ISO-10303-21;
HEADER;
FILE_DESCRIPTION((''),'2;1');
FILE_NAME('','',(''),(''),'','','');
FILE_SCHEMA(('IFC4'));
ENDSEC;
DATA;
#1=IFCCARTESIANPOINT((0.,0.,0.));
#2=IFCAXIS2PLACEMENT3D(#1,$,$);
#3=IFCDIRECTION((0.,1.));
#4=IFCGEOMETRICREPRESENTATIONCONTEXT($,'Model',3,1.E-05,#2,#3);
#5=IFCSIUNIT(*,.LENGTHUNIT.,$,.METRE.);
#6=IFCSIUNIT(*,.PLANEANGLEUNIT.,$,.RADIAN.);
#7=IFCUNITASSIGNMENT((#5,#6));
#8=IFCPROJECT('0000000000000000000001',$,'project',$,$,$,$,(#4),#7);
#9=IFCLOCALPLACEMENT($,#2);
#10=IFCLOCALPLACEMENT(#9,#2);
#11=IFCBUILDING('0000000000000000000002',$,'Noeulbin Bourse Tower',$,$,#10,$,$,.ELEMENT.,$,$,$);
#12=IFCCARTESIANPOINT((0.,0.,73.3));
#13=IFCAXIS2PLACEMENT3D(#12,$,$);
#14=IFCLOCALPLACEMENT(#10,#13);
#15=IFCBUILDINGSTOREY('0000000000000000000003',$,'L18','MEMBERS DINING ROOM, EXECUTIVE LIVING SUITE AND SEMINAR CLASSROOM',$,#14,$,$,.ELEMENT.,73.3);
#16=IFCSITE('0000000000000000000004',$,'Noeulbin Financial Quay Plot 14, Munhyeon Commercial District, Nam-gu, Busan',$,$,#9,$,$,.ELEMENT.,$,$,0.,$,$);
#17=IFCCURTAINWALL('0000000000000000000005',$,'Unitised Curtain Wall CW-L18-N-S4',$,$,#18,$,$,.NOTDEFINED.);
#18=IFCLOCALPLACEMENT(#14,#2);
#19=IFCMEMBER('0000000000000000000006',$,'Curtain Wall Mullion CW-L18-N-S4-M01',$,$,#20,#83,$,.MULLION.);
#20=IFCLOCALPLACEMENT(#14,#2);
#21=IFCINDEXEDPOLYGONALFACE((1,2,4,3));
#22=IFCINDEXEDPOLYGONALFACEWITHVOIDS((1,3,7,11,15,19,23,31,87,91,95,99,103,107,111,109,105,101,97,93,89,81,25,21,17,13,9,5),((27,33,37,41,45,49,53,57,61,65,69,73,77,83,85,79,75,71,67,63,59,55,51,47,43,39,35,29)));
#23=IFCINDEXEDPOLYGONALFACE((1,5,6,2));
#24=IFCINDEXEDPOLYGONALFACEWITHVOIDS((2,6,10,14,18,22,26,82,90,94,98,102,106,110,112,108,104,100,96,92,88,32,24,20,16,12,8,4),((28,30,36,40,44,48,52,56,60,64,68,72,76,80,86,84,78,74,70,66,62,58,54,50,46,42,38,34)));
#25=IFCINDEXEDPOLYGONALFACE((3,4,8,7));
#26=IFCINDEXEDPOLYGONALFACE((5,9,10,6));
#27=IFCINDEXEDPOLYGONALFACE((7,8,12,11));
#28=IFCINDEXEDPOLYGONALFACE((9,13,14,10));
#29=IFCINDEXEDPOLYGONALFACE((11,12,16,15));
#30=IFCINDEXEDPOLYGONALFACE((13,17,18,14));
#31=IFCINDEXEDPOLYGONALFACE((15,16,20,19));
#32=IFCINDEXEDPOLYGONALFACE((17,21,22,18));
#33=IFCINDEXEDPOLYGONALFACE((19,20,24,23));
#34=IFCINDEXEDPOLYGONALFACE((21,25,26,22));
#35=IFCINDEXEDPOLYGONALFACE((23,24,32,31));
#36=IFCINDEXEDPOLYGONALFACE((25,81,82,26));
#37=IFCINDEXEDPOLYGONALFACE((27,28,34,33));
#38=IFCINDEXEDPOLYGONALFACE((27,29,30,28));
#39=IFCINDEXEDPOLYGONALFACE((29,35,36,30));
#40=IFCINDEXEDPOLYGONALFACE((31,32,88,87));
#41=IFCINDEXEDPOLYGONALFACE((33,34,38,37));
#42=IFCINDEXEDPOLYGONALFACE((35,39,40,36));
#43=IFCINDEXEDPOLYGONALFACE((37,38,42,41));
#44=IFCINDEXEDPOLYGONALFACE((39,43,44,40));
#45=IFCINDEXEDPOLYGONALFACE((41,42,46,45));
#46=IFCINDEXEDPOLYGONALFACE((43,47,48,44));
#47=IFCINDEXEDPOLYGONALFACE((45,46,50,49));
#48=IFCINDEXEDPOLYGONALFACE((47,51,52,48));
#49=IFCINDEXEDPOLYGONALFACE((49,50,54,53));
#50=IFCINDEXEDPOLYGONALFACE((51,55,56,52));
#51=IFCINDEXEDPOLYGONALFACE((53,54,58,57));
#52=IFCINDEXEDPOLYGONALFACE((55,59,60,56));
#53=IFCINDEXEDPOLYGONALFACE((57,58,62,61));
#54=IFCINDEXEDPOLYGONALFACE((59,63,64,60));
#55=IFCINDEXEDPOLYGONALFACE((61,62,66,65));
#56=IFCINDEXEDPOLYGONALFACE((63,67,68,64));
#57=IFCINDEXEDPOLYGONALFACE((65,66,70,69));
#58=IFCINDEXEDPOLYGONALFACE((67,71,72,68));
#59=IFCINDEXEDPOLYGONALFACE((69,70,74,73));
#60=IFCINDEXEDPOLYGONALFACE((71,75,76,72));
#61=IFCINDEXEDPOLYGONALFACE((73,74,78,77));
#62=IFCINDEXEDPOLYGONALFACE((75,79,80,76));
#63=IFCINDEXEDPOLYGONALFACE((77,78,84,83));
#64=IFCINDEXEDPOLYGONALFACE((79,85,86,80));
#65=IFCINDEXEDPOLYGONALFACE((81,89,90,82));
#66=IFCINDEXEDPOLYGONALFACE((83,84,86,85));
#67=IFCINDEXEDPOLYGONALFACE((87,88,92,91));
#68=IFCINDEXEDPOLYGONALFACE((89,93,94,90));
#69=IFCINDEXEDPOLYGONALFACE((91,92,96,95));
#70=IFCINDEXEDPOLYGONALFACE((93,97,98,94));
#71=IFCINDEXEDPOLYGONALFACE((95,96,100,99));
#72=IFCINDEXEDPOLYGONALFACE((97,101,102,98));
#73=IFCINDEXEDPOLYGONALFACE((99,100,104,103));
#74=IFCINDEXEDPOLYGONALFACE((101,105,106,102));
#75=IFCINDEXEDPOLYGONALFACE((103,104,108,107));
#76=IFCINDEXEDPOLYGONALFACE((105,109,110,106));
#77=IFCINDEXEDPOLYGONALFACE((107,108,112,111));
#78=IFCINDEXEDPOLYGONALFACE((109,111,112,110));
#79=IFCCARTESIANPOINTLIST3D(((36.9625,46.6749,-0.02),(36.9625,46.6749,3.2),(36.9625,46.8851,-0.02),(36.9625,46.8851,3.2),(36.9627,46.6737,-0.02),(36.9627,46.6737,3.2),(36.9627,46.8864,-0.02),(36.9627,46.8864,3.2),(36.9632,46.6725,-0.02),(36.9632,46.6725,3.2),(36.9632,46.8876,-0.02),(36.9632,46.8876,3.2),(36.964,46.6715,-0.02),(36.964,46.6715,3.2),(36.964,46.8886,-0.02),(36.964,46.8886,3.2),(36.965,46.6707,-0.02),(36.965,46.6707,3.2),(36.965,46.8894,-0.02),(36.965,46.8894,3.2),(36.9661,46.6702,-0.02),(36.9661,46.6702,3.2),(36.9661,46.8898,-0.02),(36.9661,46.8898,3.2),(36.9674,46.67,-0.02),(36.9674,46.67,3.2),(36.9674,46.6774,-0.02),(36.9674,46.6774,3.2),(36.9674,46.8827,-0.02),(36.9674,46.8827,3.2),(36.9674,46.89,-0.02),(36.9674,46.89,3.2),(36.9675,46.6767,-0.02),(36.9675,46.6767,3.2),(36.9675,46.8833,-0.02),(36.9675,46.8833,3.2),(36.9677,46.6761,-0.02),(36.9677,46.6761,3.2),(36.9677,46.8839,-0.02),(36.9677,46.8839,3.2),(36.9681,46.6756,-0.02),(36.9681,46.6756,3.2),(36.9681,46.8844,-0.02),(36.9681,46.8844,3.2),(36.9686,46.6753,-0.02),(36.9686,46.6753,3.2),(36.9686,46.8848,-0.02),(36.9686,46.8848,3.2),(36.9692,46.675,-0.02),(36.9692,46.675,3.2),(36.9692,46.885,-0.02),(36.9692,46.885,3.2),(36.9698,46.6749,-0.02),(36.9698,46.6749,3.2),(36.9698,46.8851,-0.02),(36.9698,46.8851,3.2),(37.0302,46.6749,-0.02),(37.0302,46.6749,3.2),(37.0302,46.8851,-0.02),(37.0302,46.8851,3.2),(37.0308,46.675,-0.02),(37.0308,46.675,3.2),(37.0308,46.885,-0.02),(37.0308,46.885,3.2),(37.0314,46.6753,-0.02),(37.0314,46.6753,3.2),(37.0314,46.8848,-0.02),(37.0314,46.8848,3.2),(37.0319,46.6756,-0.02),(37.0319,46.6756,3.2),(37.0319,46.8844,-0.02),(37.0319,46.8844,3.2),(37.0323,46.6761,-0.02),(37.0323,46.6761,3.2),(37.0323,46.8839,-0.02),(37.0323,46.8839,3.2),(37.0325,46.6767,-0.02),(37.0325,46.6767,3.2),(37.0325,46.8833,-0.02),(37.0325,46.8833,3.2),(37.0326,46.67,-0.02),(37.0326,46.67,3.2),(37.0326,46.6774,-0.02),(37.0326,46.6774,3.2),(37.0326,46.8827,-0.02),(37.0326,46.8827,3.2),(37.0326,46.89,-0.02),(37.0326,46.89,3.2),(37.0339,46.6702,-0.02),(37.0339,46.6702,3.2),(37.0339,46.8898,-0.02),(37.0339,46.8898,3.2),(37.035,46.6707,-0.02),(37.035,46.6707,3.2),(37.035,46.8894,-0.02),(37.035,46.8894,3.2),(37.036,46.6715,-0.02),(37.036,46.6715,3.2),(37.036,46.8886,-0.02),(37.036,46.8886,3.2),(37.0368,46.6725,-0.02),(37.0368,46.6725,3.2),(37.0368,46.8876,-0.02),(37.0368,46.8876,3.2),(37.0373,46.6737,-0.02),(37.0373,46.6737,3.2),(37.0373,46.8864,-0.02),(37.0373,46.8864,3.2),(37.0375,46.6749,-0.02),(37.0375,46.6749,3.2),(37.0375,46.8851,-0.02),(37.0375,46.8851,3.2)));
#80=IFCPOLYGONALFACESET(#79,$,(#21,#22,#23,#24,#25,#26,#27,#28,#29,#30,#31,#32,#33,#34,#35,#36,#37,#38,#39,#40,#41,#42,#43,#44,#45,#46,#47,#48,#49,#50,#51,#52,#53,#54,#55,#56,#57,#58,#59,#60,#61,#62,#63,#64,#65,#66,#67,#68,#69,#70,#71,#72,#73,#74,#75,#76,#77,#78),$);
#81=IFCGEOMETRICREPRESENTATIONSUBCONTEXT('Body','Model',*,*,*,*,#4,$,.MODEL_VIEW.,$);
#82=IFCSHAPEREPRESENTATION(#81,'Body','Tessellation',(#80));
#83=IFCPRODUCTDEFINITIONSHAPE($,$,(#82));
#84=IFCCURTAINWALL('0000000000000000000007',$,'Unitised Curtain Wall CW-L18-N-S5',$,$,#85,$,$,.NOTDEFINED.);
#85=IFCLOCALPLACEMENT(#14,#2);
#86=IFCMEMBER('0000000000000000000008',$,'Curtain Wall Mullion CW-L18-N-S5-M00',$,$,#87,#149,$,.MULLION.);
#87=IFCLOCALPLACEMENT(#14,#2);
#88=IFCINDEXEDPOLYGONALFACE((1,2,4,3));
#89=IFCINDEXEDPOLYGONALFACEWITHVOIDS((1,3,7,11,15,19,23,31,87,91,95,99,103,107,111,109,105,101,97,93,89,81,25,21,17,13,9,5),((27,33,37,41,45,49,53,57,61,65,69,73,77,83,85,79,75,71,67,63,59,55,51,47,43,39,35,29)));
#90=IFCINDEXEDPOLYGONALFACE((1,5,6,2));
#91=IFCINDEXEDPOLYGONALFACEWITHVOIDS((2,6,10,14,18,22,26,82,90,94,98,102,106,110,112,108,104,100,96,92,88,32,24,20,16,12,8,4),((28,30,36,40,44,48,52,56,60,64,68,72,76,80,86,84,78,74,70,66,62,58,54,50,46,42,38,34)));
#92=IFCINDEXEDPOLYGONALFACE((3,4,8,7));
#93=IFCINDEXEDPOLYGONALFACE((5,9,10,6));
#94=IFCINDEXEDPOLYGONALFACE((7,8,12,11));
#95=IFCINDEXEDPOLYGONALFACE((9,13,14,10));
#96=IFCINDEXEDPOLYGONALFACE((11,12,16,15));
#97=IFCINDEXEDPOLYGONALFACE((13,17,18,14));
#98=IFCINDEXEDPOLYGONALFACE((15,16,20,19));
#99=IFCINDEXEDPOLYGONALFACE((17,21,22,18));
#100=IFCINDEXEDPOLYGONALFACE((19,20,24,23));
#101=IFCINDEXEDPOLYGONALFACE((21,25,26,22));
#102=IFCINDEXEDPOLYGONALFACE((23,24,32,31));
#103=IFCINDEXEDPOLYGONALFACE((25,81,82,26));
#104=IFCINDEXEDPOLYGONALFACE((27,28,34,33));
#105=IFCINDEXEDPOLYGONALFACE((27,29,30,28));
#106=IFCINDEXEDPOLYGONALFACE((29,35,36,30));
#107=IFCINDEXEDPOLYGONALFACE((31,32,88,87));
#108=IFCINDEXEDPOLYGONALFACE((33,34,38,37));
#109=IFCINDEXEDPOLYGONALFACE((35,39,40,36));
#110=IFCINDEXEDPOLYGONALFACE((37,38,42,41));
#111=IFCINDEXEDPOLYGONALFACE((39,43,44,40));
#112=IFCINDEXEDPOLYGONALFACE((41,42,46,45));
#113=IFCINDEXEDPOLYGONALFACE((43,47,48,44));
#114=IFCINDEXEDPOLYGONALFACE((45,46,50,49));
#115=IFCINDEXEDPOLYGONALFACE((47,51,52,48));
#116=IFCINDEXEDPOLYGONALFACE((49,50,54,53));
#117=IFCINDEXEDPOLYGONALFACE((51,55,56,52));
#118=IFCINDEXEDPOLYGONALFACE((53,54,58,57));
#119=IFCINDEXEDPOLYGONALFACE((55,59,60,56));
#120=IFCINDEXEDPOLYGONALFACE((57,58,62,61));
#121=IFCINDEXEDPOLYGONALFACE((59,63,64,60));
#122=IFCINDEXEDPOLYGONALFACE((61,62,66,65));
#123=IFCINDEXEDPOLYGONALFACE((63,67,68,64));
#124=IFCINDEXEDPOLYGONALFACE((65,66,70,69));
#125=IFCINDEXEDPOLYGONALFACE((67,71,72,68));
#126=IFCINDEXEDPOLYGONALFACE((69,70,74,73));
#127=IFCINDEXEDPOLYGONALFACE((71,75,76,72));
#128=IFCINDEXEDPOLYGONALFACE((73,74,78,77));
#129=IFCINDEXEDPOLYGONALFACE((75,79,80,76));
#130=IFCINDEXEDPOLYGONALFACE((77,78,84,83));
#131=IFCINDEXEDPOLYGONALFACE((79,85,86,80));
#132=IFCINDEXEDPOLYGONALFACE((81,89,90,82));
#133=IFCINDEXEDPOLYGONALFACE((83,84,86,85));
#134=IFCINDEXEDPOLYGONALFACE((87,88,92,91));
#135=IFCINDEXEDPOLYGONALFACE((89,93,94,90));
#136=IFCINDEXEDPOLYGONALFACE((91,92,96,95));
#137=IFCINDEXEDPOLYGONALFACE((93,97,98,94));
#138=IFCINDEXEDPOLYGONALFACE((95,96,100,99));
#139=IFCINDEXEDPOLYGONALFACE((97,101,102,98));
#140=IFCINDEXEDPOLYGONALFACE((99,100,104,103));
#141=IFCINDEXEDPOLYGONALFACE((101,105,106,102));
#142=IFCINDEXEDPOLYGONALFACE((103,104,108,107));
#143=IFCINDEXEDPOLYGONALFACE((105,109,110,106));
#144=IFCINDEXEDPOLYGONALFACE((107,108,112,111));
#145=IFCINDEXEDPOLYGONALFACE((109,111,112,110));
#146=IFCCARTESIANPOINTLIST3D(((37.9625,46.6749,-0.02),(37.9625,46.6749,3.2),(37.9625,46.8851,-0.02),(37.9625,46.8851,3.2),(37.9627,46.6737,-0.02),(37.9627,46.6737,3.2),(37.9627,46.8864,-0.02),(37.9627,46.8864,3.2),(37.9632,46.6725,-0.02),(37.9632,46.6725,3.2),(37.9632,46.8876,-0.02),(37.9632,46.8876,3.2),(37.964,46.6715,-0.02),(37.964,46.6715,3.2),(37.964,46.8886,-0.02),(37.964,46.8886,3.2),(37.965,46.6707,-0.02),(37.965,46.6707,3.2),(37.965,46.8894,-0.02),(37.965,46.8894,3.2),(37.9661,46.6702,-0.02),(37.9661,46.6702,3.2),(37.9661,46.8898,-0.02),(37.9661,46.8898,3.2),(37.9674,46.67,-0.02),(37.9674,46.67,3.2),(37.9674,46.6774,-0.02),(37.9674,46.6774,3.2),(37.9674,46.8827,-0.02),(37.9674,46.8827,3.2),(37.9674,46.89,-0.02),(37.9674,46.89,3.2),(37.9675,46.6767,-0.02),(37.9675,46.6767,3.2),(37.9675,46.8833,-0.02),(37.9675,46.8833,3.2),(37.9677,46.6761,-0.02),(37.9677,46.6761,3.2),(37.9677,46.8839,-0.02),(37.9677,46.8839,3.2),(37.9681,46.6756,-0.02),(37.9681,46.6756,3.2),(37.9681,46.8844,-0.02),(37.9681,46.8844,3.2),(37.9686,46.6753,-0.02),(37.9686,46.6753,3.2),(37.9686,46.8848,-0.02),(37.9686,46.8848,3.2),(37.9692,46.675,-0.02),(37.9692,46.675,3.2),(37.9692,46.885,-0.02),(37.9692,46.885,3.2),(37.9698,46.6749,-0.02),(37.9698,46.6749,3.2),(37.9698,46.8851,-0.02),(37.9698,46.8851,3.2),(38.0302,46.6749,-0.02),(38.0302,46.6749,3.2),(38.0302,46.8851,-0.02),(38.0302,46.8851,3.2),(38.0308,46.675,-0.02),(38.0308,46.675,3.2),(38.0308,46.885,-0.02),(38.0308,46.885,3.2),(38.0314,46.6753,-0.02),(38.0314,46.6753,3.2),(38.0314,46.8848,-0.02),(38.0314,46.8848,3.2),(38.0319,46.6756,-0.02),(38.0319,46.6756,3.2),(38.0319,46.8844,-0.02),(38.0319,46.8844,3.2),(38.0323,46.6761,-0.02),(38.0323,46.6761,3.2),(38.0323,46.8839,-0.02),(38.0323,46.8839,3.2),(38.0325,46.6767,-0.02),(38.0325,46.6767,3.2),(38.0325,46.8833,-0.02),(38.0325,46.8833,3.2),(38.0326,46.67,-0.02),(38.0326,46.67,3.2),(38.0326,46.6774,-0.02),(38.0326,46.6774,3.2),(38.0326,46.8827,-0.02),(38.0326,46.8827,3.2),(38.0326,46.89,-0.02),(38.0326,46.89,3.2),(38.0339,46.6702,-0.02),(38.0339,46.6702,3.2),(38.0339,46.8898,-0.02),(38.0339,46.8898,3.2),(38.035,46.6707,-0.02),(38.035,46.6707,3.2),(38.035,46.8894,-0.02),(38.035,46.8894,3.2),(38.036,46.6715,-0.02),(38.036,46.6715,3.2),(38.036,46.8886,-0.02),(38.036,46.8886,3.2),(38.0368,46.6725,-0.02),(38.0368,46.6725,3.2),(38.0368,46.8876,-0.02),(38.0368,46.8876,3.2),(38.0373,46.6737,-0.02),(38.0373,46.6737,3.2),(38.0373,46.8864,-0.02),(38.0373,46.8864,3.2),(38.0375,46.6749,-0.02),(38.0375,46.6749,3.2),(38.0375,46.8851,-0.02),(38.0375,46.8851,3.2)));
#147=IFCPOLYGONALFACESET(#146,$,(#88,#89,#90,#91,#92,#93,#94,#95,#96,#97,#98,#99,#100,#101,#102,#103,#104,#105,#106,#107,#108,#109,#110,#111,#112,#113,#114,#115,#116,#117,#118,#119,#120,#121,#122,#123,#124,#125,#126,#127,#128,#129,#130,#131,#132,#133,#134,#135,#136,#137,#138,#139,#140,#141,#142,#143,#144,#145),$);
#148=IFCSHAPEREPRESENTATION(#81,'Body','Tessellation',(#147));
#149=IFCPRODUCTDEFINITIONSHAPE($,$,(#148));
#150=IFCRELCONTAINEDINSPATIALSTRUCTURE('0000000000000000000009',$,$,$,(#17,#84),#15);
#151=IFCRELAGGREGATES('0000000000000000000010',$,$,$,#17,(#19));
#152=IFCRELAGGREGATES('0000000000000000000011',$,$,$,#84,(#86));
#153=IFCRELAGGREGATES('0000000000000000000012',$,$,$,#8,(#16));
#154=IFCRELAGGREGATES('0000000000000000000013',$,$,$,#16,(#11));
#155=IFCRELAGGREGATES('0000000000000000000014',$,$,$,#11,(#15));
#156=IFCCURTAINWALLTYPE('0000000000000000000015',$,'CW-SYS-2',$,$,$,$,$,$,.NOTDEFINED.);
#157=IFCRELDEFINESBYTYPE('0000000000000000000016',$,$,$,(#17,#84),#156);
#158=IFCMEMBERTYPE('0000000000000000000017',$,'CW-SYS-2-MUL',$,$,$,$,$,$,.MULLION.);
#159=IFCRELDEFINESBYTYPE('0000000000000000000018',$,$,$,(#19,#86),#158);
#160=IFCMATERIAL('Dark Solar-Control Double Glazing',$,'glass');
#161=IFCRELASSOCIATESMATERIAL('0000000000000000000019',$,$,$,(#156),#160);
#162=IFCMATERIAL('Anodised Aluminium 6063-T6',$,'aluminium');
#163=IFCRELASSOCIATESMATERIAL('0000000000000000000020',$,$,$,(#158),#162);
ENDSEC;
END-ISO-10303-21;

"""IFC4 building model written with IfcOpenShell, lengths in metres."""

from ifc_helpers import new_model, si_unit, direction, frame, origin, origin_2d, place, context, subcontext, project, spatial, hollow_rectangle, extrude, material, material_profile, profile_set, type_object, element, aggregate, save


model = new_model("IFC4")

# Units and contexts
model_context = context("Model", 3, precision=1e-05, world=origin(), true_north=direction((0.0, 1.0)))
body_context = subcontext(model_context, "Body", "Model", "MODEL_VIEW")
ifc_project = project(units=[si_unit("LENGTHUNIT", "METRE"), si_unit("PLANEANGLEUNIT", "RADIAN")], contexts=[model_context])

# Site, building, storey
site_placement = place(None, origin())
site = spatial("IfcSite", under=ifc_project, at=site_placement, Name="Noeulbin Financial Quay Plot 14, Munhyeon Commercial District, Nam-gu, Busan", CompositionType="ELEMENT", RefElevation=0.0)
building_placement = place(site_placement, origin())
building = spatial("IfcBuilding", under=site, at=building_placement, Name="Noeulbin Bourse Tower", CompositionType="ELEMENT")
storey_placement = place(building_placement, frame((0.0, 0.0, 73.3)))
storey = spatial("IfcBuildingStorey", under=building, at=storey_placement, Name="L18", Description="MEMBERS DINING ROOM, EXECUTIVE LIVING SUITE AND SEMINAR CLASSROOM", CompositionType="ELEMENT", Elevation=73.3)

# Shared definitions
ifc_material_1 = material(Name="Dark Solar-Control Double Glazing", Category="glass")
curtain_wall_type = type_object("IfcCurtainWallType", Name="CW-SYS-2", PredefinedType="NOTDEFINED", material=ifc_material_1)
ifc_material_2 = material(Name="Anodised Aluminium 6063-T6", Category="aluminium")
ifc_material_profile_1 = material_profile(ifc_material_2, hollow_rectangle(XDim=0.075, YDim=0.22, WallThickness=0.0049, InnerFilletRadius=0.0024, OuterFilletRadius=0.0049, at=origin_2d()), Name="ALU-MULL-75x220x5", Category="LoadBearing")
ifc_profile_set_1 = profile_set([ifc_material_profile_1], Name="Anodised Aluminium 6063-T6")
member_type_1 = type_object("IfcMemberType", Name="CW-SYS-2-MUL", PredefinedType="MULLION", material=ifc_profile_set_1)

# Curtain wall, member
curtain_wall_1_placement = place(storey_placement, origin())
curtain_wall_1 = element("IfcCurtainWall", 1, at=curtain_wall_1_placement, inside=storey, type_object=curtain_wall_type, Name="Unitised Curtain Wall CW-L18-N-S4", PredefinedType="NOTDEFINED")
member_1_placement = place(storey_placement, frame((37.0, 46.78, -0.02), z_axis=(0.0, 0.0, 1.0), x_axis=(1.0, 0.0, 0.0)))
member_1 = element("IfcMember", 2, at=member_1_placement, type_object=member_type_1, Name="Curtain Wall Mullion CW-L18-N-S4-M01", PredefinedType="MULLION", context=body_context, shape_type="SweptSolid", body=[
    extrude(hollow_rectangle(XDim=0.075, YDim=0.22, WallThickness=0.0049, InnerFilletRadius=0.0024, OuterFilletRadius=0.0049, at=origin_2d()), origin(), (0.0, 0.0, 1.0), 3.22),
])

# Curtain wall, member
curtain_wall_2_placement = place(storey_placement, origin())
curtain_wall_2 = element("IfcCurtainWall", 3, at=curtain_wall_2_placement, inside=storey, type_object=curtain_wall_type, Name="Unitised Curtain Wall CW-L18-N-S5", PredefinedType="NOTDEFINED")
member_2_placement = place(storey_placement, frame((38.0, 46.78, -0.02), z_axis=(0.0, 0.0, 1.0), x_axis=(1.0, 0.0, 0.0)))
member_2 = element("IfcMember", 4, at=member_2_placement, type_object=member_type_1, Name="Curtain Wall Mullion CW-L18-N-S5-M00", PredefinedType="MULLION", context=body_context, shape_type="SweptSolid", body=[
    extrude(hollow_rectangle(XDim=0.075, YDim=0.22, WallThickness=0.0049, InnerFilletRadius=0.0024, OuterFilletRadius=0.0049, at=origin_2d()), origin(), (0.0, 0.0, 1.0), 3.22),
])

aggregate(curtain_wall_1, [member_1])
aggregate(curtain_wall_2, [member_2])

save(model, "model.ifc")
